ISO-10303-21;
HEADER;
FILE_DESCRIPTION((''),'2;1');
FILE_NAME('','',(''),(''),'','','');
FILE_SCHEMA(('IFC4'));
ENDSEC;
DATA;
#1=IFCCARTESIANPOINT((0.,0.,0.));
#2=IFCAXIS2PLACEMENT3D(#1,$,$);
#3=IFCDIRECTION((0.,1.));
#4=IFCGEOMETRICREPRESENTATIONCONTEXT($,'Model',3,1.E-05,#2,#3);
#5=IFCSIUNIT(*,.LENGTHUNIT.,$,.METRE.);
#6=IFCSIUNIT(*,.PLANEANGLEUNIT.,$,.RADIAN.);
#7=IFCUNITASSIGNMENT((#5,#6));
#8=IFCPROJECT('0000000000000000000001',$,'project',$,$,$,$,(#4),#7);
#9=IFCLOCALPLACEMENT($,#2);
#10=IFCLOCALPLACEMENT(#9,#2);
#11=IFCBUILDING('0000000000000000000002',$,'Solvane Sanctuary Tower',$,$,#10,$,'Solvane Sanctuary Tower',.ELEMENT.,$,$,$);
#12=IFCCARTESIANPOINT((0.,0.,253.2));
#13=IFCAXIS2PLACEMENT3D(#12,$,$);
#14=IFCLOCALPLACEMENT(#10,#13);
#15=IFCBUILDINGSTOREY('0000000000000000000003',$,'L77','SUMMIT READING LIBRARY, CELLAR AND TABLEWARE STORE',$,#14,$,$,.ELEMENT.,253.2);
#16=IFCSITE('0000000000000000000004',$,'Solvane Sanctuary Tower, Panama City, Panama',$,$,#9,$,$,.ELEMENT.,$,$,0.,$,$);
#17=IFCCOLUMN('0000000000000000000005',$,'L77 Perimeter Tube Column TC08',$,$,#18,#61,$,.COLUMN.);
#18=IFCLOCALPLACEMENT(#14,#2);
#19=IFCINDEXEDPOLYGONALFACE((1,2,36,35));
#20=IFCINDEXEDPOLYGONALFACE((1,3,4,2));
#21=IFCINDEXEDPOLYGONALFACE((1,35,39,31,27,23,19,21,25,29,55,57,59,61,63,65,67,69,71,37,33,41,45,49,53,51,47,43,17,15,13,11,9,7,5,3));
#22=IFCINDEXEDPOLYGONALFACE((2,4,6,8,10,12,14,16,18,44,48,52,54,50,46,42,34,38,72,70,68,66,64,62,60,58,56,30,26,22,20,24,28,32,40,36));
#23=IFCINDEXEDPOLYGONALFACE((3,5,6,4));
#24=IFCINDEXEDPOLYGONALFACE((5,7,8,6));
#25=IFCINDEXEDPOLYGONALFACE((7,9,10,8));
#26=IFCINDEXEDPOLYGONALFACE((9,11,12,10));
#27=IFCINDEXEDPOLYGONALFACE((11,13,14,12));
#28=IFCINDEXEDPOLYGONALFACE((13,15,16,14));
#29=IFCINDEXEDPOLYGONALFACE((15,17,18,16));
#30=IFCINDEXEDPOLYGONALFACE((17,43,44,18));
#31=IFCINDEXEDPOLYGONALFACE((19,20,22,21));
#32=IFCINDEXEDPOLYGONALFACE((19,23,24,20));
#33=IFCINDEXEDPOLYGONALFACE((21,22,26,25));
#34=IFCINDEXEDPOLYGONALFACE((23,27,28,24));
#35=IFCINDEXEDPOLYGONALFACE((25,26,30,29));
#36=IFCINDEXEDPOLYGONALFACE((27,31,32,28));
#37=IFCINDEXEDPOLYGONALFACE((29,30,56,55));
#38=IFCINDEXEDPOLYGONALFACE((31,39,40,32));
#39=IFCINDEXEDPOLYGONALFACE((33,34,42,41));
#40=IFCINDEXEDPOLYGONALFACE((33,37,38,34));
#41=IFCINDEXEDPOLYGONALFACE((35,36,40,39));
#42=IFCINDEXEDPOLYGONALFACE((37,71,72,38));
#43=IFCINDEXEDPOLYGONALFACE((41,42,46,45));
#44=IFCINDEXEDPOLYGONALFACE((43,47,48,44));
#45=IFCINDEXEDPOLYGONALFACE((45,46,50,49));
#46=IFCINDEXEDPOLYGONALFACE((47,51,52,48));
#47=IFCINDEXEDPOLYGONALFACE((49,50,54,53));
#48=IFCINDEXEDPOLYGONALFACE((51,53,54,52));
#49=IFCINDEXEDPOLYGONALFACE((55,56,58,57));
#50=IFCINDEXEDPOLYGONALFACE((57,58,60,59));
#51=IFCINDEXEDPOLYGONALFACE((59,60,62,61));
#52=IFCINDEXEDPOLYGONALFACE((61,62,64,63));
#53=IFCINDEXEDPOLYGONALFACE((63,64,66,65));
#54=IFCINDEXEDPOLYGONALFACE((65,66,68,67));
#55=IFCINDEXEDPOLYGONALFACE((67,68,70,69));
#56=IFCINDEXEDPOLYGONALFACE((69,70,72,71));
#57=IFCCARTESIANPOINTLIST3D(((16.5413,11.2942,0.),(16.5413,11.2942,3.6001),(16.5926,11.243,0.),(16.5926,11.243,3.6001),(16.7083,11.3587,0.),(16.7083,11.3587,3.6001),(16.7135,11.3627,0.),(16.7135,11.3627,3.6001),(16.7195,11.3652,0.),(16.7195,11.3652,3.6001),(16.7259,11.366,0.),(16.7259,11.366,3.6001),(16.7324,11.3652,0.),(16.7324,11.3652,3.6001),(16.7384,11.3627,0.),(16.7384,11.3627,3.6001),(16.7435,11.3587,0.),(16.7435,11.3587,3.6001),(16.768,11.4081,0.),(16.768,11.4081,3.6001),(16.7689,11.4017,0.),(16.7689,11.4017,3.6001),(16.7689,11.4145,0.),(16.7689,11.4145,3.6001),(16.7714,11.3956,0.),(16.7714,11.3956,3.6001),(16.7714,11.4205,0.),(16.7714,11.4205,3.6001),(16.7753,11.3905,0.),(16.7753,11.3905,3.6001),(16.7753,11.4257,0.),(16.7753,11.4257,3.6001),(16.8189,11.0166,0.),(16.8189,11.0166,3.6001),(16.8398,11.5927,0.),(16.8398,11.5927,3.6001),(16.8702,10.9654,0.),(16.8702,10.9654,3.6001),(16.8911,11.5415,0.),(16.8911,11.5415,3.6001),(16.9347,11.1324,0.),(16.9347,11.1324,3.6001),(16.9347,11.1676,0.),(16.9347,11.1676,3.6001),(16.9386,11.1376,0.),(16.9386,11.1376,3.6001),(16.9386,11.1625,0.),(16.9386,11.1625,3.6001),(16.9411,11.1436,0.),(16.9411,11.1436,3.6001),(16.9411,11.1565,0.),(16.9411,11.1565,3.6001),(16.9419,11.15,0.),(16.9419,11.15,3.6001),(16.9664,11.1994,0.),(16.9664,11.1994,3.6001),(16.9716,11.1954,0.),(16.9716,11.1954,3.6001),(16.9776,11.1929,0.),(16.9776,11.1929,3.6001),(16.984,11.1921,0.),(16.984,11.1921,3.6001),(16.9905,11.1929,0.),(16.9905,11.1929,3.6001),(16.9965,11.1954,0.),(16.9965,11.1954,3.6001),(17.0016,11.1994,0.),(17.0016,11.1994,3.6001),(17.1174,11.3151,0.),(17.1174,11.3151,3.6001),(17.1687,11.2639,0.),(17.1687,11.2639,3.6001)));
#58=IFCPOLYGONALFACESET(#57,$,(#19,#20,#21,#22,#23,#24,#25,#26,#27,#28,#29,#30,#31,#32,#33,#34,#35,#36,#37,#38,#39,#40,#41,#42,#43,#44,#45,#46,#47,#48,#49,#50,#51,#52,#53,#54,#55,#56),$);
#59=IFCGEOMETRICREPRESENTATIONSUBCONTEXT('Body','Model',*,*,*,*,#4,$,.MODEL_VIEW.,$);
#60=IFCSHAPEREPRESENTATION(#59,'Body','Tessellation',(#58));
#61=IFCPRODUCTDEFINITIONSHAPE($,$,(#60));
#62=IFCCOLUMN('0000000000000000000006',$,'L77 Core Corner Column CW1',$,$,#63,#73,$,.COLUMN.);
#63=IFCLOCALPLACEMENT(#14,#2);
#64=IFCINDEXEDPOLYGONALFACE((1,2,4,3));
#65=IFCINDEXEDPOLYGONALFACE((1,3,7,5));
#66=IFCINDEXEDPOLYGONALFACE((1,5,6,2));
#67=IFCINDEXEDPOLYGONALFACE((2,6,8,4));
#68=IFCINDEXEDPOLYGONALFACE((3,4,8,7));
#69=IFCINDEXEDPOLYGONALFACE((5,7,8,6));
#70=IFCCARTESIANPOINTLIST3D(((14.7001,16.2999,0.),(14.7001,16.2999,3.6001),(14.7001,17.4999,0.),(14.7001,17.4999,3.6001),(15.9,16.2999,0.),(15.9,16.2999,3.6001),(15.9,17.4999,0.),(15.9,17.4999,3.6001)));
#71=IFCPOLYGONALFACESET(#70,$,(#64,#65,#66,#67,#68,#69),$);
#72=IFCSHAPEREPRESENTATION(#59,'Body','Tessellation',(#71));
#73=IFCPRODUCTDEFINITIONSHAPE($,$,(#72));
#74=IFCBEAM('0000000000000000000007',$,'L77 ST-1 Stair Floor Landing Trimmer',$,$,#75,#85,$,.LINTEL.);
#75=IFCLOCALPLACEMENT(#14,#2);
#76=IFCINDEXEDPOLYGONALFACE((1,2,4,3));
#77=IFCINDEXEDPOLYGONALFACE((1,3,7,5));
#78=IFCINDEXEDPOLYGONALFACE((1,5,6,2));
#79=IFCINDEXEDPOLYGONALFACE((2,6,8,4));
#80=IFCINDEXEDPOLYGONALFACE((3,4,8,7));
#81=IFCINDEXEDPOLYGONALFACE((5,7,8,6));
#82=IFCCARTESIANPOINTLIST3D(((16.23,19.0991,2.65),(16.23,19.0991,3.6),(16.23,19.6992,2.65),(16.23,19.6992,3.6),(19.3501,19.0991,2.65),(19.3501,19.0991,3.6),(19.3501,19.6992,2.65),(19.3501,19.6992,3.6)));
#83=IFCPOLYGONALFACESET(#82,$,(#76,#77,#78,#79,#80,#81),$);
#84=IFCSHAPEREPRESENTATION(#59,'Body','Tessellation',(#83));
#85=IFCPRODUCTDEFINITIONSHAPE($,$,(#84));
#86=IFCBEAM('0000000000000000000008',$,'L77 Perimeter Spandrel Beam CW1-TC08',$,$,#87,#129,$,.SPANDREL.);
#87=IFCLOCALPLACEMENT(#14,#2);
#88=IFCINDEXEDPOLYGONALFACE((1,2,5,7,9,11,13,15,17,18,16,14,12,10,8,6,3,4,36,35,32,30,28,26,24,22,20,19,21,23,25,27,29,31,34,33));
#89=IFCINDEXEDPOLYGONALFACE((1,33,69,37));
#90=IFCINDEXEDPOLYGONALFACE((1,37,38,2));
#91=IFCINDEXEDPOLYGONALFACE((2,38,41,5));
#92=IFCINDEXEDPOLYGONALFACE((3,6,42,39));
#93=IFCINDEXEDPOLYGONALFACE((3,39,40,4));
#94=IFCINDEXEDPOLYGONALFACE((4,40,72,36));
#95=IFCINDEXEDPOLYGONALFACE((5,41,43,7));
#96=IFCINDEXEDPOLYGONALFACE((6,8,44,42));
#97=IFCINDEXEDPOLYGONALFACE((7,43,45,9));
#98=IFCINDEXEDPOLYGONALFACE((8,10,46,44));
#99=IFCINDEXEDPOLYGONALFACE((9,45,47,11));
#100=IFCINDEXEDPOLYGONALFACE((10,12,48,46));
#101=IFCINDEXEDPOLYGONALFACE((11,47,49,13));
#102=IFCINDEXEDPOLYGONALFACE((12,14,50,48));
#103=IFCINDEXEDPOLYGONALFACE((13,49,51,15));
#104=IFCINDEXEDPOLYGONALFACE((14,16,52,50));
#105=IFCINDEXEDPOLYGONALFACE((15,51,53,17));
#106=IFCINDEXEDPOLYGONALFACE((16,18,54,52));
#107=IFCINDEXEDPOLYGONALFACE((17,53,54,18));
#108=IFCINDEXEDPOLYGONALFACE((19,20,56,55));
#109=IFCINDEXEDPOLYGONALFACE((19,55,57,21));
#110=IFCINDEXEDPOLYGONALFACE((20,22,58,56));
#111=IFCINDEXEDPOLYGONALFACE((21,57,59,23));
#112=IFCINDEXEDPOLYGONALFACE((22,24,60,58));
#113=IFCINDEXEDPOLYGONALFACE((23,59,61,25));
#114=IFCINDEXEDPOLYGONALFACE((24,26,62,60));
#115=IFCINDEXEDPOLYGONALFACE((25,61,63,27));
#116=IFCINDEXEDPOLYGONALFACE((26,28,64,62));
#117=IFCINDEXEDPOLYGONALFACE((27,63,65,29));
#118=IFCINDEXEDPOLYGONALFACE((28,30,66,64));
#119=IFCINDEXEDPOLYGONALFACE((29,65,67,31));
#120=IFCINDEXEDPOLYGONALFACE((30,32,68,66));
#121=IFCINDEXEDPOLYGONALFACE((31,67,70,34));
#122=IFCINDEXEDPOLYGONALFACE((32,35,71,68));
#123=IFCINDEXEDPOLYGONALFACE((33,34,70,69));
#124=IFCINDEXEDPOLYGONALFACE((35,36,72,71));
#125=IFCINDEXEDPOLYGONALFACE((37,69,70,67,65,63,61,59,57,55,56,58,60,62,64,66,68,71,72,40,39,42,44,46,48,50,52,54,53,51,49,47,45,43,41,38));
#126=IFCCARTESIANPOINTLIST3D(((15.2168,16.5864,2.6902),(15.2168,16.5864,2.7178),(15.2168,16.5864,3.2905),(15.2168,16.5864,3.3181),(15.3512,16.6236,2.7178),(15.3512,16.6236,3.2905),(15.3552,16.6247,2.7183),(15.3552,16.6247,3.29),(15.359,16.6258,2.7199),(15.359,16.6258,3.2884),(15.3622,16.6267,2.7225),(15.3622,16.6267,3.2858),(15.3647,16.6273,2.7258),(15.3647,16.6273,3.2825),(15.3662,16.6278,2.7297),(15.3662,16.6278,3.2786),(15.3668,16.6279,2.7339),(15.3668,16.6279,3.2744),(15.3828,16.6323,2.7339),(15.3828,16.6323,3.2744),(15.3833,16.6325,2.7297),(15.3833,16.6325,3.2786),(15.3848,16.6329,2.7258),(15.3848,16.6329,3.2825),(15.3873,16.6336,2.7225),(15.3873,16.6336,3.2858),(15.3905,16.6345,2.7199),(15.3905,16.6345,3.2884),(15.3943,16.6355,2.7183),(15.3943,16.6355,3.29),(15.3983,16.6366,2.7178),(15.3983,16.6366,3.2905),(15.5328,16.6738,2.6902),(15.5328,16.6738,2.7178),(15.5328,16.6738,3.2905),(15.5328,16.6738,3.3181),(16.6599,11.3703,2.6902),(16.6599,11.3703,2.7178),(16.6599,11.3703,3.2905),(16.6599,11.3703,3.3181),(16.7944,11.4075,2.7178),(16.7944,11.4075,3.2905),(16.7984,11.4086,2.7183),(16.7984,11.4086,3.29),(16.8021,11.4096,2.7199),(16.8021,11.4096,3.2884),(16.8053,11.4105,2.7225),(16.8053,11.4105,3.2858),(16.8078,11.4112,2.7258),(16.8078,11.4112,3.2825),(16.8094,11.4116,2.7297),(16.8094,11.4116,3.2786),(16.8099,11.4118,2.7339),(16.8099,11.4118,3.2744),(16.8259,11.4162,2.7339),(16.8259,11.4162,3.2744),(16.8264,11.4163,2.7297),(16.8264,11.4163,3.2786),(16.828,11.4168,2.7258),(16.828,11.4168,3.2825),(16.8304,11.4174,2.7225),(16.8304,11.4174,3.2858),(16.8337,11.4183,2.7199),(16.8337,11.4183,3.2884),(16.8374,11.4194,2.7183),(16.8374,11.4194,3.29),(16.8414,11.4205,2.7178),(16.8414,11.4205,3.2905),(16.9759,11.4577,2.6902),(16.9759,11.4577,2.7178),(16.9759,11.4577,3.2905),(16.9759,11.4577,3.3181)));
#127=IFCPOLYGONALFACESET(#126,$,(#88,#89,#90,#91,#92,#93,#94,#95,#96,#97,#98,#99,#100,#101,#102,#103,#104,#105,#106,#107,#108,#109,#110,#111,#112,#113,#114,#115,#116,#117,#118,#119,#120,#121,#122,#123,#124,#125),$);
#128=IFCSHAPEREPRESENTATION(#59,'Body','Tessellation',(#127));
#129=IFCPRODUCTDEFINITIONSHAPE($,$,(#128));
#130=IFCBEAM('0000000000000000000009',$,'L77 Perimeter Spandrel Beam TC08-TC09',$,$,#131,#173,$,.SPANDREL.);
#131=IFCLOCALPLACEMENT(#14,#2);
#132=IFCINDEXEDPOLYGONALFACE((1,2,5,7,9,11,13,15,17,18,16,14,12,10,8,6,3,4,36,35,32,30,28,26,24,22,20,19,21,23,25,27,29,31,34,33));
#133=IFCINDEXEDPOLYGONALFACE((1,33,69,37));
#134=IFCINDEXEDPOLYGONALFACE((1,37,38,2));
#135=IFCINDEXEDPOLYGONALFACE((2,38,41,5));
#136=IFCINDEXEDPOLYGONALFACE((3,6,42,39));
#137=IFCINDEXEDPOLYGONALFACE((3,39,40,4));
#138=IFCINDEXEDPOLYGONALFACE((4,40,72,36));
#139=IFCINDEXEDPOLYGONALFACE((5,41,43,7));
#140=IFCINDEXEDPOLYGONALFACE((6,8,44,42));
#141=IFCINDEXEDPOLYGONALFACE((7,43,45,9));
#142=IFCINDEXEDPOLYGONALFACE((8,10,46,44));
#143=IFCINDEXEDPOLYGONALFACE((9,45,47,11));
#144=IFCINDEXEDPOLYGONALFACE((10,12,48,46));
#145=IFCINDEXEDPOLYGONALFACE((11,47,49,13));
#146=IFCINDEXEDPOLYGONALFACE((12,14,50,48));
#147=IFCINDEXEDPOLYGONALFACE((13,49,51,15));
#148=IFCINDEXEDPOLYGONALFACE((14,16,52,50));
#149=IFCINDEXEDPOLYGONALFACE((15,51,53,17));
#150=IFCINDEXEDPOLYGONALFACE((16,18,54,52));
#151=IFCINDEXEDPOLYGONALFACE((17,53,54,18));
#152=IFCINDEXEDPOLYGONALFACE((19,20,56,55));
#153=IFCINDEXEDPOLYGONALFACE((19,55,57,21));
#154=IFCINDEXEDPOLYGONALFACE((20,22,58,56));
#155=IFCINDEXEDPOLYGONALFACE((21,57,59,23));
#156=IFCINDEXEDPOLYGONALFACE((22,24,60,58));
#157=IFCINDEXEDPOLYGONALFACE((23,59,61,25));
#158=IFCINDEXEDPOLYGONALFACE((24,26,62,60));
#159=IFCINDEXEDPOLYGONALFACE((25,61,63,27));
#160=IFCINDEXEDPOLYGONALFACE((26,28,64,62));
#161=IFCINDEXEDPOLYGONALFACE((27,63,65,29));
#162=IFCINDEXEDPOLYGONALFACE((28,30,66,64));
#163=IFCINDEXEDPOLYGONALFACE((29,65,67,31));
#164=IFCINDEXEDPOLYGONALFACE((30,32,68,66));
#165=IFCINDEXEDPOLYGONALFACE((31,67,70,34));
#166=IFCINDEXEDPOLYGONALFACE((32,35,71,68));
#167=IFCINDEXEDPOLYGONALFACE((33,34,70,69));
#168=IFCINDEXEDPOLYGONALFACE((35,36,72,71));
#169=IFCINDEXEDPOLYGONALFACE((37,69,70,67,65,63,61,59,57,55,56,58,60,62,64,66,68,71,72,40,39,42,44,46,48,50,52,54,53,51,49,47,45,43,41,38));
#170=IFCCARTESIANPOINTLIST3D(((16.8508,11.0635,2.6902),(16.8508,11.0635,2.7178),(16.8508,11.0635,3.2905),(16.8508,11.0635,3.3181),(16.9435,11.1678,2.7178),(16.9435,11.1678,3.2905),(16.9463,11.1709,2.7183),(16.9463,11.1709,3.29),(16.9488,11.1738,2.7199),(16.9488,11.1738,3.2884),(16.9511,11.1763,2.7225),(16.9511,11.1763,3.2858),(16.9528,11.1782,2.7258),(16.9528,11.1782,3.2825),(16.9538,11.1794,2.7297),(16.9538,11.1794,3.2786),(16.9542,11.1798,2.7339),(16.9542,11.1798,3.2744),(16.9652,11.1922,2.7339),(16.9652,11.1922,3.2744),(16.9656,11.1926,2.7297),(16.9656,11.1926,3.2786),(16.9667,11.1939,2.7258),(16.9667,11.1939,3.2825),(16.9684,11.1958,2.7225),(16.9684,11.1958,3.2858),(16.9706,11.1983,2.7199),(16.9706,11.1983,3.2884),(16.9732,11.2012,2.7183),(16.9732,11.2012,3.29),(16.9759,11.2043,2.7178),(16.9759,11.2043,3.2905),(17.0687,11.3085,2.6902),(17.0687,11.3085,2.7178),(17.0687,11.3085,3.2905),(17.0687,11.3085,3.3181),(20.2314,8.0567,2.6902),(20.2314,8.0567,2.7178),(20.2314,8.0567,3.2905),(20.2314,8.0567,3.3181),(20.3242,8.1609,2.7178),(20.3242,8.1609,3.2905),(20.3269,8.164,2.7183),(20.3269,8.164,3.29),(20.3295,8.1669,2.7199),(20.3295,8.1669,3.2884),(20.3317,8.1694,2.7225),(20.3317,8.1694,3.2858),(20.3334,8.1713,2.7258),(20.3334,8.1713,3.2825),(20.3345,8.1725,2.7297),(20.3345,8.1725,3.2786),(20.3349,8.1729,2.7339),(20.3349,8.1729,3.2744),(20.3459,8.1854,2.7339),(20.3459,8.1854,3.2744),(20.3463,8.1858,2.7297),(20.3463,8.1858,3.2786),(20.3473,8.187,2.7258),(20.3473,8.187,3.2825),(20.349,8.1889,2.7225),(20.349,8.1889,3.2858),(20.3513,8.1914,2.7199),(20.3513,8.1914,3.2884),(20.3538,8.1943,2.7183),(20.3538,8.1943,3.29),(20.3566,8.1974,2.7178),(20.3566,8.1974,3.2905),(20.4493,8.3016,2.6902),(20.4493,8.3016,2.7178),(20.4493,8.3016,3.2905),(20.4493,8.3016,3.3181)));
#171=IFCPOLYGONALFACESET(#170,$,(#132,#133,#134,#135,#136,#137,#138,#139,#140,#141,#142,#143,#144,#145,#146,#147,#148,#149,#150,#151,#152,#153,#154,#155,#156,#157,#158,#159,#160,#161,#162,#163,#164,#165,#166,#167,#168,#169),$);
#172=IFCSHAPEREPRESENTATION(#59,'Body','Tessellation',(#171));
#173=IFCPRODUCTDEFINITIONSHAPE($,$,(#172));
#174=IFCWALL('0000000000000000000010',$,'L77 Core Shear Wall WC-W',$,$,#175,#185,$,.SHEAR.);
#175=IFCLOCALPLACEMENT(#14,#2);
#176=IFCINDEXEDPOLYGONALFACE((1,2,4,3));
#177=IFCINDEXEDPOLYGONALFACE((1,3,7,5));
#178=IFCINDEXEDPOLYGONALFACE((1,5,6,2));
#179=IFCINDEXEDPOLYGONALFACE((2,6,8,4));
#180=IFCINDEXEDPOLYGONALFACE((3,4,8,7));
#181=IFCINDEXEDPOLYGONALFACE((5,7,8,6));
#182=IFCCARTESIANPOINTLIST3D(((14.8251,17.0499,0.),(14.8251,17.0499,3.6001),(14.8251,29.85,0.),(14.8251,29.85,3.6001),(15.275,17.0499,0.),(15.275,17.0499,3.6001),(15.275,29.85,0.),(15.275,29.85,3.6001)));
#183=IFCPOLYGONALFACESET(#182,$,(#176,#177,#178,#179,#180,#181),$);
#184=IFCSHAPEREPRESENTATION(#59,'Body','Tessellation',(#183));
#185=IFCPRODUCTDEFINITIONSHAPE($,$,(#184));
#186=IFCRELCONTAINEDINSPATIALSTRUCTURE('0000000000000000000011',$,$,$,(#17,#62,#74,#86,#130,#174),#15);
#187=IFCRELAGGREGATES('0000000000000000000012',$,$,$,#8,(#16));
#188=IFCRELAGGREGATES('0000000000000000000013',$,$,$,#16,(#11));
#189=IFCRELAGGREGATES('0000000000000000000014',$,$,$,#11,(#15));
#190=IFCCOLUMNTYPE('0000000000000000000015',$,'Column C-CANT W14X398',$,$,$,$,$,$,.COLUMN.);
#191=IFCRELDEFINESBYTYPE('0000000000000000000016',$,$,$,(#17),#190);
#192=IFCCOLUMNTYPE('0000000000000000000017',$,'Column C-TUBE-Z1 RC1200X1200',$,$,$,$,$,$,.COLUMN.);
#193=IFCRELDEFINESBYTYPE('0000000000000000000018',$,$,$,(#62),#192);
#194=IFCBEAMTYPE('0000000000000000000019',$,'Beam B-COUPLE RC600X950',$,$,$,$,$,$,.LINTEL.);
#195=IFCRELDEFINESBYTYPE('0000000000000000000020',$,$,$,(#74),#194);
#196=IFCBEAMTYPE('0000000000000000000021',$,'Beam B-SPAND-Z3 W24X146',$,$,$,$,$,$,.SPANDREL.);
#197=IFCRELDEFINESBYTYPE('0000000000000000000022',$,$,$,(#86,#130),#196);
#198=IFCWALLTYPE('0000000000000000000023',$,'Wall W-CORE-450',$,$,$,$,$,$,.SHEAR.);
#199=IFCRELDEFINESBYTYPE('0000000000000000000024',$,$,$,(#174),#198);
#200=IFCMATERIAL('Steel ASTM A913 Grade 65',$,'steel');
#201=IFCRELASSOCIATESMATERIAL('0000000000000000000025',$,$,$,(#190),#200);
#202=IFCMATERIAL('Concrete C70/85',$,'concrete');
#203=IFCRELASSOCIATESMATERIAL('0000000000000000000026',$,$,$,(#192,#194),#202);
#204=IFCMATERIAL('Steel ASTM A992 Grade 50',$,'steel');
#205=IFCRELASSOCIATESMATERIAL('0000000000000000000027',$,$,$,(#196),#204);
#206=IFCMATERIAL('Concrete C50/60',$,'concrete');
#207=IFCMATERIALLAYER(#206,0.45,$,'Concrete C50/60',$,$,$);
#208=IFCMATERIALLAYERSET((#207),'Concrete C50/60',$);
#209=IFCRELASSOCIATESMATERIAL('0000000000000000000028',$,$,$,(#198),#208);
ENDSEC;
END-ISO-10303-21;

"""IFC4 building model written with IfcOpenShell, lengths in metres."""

from ifc_helpers import new_model, si_unit, direction, frame, frame_2d, origin, origin_2d, place, context, subcontext, project, spatial, rectangle, i_section, extrude, material, layer, layer_set, material_profile, profile_set, type_object, element, save


model = new_model("IFC4")

# Units and contexts
model_context = context("Model", 3, precision=1e-05, world=origin(), true_north=direction((0.0, 1.0)))
body_context = subcontext(model_context, "Body", "Model", "MODEL_VIEW")
ifc_project = project(units=[si_unit("LENGTHUNIT", "METRE"), si_unit("PLANEANGLEUNIT", "RADIAN")], contexts=[model_context])

# Site, building, storey
site_placement = place(None, origin())
site = spatial("IfcSite", under=ifc_project, at=site_placement, Name="Solvane Sanctuary Tower, Panama City, Panama", CompositionType="ELEMENT", RefElevation=0.0)
building_placement = place(site_placement, origin())
building = spatial("IfcBuilding", under=site, at=building_placement, Name="Solvane Sanctuary Tower", LongName="Solvane Sanctuary Tower", CompositionType="ELEMENT")
storey_placement = place(building_placement, frame((0.0, 0.0, 253.2)))
storey = spatial("IfcBuildingStorey", under=building, at=storey_placement, Name="L77", Description="SUMMIT READING LIBRARY, CELLAR AND TABLEWARE STORE", CompositionType="ELEMENT", Elevation=253.2)

# Columns
ifc_material_1 = material(Name="Steel ASTM A913 Grade 65", Category="steel")
ifc_material_profile_1 = material_profile(ifc_material_1, i_section(OverallWidth=0.4221, OverallDepth=0.4651, WebThickness=0.0449, FlangeThickness=0.0725, FilletRadius=0.0249, at=origin_2d()), Name="W14X398")
ifc_profile_set_1 = profile_set([ifc_material_profile_1], Name="Steel ASTM A913 Grade 65")
column_type_1 = type_object("IfcColumnType", Name="Column C-CANT W14X398", PredefinedType="COLUMN", material=ifc_profile_set_1)
column_1_placement = place(storey_placement, frame((16.855, 11.2791, 0.0), z_axis=(0.0, 0.0, 1.0), x_axis=(-0.707107, -0.707107, 0.0)))
element("IfcColumn", 1, at=column_1_placement, inside=storey, type_object=column_type_1, Name="L77 Perimeter Tube Column TC08", PredefinedType="COLUMN", context=body_context, shape_type="SweptSolid", body=[
    extrude(i_section(OverallWidth=0.4221, OverallDepth=0.4651, WebThickness=0.0449, FlangeThickness=0.0725, FilletRadius=0.0249, at=origin_2d()), origin(), (0.0, 0.0, 1.0), 3.6001),
])
ifc_material_2 = material(Name="Concrete C70/85", Category="concrete")
ifc_material_profile_2 = material_profile(ifc_material_2, rectangle(XDim=1.2, YDim=1.2, at=origin_2d()), Name="RC1200X1200")
ifc_profile_set_2 = profile_set([ifc_material_profile_2], Name="Concrete C70/85")
column_type_2 = type_object("IfcColumnType", Name="Column C-TUBE-Z1 RC1200X1200", PredefinedType="COLUMN", material=ifc_profile_set_2)
column_2_placement = place(storey_placement, frame((15.3, 16.8999, 0.0), z_axis=(0.0, 0.0, 1.0), x_axis=(1.0, 0.0, 0.0)))
element("IfcColumn", 2, at=column_2_placement, inside=storey, type_object=column_type_2, Name="L77 Core Corner Column CW1", PredefinedType="COLUMN", context=body_context, shape_type="SweptSolid", body=[
    extrude(rectangle(XDim=1.2, YDim=1.2, at=origin_2d()), origin(), (0.0, 0.0, 1.0), 3.6001),
])

# Beams
ifc_material_profile_3 = material_profile(ifc_material_2, rectangle(XDim=0.6001, YDim=0.95, at=origin_2d()), Name="RC600X950")
ifc_profile_set_3 = profile_set([ifc_material_profile_3], Name="Concrete C70/85")
beam_type_1 = type_object("IfcBeamType", Name="Beam B-COUPLE RC600X950", PredefinedType="LINTEL", material=ifc_profile_set_3)
beam_1_placement = place(storey_placement, frame((16.23, 19.3992, 3.125), z_axis=(1.0, 0.0, 0.0), x_axis=(0.0, 1.0, 0.0)))
element("IfcBeam", 3, at=beam_1_placement, inside=storey, type_object=beam_type_1, Name="L77 ST-1 Stair Floor Landing Trimmer", PredefinedType="LINTEL", context=body_context, shape_type="SweptSolid", body=[
    extrude(rectangle(XDim=0.6001, YDim=0.95, at=origin_2d()), origin(), (0.0, 0.0, 1.0), 3.1201),
])
ifc_material_3 = material(Name="Steel ASTM A992 Grade 50", Category="steel")
ifc_material_profile_4 = material_profile(ifc_material_3, i_section(OverallWidth=0.3279, OverallDepth=0.6279, WebThickness=0.0166, FlangeThickness=0.0276, FilletRadius=0.0161, at=origin_2d()), Name="W24X146")
ifc_profile_set_4 = profile_set([ifc_material_profile_4], Name="Steel ASTM A992 Grade 50")
beam_type_2 = type_object("IfcBeamType", Name="Beam B-SPAND-Z3 W24X146", PredefinedType="SPANDREL", material=ifc_profile_set_4)
beam_2_placement = place(storey_placement, frame((15.3748, 16.6301, 3.0042), z_axis=(0.26665, -0.963793, 0.0), x_axis=(0.963793, 0.26665, 0.0)))
element("IfcBeam", 4, at=beam_2_placement, inside=storey, type_object=beam_type_2, Name="L77 Perimeter Spandrel Beam CW1-TC08", PredefinedType="SPANDREL", context=body_context, shape_type="SweptSolid", body=[
    extrude(i_section(OverallWidth=0.3279, OverallDepth=0.6279, WebThickness=0.0166, FlangeThickness=0.0276, FilletRadius=0.0161, at=origin_2d()), origin(), (0.0, 0.0, 1.0), 5.4121),
])
beam_3_placement = place(storey_placement, frame((16.9597, 11.186, 3.0042), z_axis=(0.747207, -0.664592, 0.0), x_axis=(0.664592, 0.747207, 0.0)))
element("IfcBeam", 5, at=beam_3_placement, inside=storey, type_object=beam_type_2, Name="L77 Perimeter Spandrel Beam TC08-TC09", PredefinedType="SPANDREL", context=body_context, shape_type="SweptSolid", body=[
    extrude(i_section(OverallWidth=0.3279, OverallDepth=0.6279, WebThickness=0.0166, FlangeThickness=0.0276, FilletRadius=0.0161, at=origin_2d()), origin(), (0.0, 0.0, 1.0), 4.5244),
])

# Wall
ifc_material_4 = material(Name="Concrete C50/60", Category="concrete")
ifc_layer_1 = layer(ifc_material_4, 0.45, Name="Concrete C50/60")
ifc_layer_set_1 = layer_set([ifc_layer_1], Name="Concrete C50/60")
wall_type_1 = type_object("IfcWallType", Name="Wall W-CORE-450", PredefinedType="SHEAR", material=ifc_layer_set_1)
wall_1_placement = place(storey_placement, frame((15.05, 17.05, 0.0), z_axis=(0.0, 0.0, 1.0), x_axis=(0.0, 1.0, 0.0)))
element("IfcWall", 6, at=wall_1_placement, inside=storey, type_object=wall_type_1, Name="L77 Core Shear Wall WC-W", PredefinedType="SHEAR", context=body_context, shape_type="SweptSolid", body=[
    extrude(rectangle(XDim=12.8, YDim=0.45, at=frame_2d((6.3999, 0.0))), origin(), (0.0, 0.0, 1.0), 3.6001),
])

save(model, "model.ifc")
